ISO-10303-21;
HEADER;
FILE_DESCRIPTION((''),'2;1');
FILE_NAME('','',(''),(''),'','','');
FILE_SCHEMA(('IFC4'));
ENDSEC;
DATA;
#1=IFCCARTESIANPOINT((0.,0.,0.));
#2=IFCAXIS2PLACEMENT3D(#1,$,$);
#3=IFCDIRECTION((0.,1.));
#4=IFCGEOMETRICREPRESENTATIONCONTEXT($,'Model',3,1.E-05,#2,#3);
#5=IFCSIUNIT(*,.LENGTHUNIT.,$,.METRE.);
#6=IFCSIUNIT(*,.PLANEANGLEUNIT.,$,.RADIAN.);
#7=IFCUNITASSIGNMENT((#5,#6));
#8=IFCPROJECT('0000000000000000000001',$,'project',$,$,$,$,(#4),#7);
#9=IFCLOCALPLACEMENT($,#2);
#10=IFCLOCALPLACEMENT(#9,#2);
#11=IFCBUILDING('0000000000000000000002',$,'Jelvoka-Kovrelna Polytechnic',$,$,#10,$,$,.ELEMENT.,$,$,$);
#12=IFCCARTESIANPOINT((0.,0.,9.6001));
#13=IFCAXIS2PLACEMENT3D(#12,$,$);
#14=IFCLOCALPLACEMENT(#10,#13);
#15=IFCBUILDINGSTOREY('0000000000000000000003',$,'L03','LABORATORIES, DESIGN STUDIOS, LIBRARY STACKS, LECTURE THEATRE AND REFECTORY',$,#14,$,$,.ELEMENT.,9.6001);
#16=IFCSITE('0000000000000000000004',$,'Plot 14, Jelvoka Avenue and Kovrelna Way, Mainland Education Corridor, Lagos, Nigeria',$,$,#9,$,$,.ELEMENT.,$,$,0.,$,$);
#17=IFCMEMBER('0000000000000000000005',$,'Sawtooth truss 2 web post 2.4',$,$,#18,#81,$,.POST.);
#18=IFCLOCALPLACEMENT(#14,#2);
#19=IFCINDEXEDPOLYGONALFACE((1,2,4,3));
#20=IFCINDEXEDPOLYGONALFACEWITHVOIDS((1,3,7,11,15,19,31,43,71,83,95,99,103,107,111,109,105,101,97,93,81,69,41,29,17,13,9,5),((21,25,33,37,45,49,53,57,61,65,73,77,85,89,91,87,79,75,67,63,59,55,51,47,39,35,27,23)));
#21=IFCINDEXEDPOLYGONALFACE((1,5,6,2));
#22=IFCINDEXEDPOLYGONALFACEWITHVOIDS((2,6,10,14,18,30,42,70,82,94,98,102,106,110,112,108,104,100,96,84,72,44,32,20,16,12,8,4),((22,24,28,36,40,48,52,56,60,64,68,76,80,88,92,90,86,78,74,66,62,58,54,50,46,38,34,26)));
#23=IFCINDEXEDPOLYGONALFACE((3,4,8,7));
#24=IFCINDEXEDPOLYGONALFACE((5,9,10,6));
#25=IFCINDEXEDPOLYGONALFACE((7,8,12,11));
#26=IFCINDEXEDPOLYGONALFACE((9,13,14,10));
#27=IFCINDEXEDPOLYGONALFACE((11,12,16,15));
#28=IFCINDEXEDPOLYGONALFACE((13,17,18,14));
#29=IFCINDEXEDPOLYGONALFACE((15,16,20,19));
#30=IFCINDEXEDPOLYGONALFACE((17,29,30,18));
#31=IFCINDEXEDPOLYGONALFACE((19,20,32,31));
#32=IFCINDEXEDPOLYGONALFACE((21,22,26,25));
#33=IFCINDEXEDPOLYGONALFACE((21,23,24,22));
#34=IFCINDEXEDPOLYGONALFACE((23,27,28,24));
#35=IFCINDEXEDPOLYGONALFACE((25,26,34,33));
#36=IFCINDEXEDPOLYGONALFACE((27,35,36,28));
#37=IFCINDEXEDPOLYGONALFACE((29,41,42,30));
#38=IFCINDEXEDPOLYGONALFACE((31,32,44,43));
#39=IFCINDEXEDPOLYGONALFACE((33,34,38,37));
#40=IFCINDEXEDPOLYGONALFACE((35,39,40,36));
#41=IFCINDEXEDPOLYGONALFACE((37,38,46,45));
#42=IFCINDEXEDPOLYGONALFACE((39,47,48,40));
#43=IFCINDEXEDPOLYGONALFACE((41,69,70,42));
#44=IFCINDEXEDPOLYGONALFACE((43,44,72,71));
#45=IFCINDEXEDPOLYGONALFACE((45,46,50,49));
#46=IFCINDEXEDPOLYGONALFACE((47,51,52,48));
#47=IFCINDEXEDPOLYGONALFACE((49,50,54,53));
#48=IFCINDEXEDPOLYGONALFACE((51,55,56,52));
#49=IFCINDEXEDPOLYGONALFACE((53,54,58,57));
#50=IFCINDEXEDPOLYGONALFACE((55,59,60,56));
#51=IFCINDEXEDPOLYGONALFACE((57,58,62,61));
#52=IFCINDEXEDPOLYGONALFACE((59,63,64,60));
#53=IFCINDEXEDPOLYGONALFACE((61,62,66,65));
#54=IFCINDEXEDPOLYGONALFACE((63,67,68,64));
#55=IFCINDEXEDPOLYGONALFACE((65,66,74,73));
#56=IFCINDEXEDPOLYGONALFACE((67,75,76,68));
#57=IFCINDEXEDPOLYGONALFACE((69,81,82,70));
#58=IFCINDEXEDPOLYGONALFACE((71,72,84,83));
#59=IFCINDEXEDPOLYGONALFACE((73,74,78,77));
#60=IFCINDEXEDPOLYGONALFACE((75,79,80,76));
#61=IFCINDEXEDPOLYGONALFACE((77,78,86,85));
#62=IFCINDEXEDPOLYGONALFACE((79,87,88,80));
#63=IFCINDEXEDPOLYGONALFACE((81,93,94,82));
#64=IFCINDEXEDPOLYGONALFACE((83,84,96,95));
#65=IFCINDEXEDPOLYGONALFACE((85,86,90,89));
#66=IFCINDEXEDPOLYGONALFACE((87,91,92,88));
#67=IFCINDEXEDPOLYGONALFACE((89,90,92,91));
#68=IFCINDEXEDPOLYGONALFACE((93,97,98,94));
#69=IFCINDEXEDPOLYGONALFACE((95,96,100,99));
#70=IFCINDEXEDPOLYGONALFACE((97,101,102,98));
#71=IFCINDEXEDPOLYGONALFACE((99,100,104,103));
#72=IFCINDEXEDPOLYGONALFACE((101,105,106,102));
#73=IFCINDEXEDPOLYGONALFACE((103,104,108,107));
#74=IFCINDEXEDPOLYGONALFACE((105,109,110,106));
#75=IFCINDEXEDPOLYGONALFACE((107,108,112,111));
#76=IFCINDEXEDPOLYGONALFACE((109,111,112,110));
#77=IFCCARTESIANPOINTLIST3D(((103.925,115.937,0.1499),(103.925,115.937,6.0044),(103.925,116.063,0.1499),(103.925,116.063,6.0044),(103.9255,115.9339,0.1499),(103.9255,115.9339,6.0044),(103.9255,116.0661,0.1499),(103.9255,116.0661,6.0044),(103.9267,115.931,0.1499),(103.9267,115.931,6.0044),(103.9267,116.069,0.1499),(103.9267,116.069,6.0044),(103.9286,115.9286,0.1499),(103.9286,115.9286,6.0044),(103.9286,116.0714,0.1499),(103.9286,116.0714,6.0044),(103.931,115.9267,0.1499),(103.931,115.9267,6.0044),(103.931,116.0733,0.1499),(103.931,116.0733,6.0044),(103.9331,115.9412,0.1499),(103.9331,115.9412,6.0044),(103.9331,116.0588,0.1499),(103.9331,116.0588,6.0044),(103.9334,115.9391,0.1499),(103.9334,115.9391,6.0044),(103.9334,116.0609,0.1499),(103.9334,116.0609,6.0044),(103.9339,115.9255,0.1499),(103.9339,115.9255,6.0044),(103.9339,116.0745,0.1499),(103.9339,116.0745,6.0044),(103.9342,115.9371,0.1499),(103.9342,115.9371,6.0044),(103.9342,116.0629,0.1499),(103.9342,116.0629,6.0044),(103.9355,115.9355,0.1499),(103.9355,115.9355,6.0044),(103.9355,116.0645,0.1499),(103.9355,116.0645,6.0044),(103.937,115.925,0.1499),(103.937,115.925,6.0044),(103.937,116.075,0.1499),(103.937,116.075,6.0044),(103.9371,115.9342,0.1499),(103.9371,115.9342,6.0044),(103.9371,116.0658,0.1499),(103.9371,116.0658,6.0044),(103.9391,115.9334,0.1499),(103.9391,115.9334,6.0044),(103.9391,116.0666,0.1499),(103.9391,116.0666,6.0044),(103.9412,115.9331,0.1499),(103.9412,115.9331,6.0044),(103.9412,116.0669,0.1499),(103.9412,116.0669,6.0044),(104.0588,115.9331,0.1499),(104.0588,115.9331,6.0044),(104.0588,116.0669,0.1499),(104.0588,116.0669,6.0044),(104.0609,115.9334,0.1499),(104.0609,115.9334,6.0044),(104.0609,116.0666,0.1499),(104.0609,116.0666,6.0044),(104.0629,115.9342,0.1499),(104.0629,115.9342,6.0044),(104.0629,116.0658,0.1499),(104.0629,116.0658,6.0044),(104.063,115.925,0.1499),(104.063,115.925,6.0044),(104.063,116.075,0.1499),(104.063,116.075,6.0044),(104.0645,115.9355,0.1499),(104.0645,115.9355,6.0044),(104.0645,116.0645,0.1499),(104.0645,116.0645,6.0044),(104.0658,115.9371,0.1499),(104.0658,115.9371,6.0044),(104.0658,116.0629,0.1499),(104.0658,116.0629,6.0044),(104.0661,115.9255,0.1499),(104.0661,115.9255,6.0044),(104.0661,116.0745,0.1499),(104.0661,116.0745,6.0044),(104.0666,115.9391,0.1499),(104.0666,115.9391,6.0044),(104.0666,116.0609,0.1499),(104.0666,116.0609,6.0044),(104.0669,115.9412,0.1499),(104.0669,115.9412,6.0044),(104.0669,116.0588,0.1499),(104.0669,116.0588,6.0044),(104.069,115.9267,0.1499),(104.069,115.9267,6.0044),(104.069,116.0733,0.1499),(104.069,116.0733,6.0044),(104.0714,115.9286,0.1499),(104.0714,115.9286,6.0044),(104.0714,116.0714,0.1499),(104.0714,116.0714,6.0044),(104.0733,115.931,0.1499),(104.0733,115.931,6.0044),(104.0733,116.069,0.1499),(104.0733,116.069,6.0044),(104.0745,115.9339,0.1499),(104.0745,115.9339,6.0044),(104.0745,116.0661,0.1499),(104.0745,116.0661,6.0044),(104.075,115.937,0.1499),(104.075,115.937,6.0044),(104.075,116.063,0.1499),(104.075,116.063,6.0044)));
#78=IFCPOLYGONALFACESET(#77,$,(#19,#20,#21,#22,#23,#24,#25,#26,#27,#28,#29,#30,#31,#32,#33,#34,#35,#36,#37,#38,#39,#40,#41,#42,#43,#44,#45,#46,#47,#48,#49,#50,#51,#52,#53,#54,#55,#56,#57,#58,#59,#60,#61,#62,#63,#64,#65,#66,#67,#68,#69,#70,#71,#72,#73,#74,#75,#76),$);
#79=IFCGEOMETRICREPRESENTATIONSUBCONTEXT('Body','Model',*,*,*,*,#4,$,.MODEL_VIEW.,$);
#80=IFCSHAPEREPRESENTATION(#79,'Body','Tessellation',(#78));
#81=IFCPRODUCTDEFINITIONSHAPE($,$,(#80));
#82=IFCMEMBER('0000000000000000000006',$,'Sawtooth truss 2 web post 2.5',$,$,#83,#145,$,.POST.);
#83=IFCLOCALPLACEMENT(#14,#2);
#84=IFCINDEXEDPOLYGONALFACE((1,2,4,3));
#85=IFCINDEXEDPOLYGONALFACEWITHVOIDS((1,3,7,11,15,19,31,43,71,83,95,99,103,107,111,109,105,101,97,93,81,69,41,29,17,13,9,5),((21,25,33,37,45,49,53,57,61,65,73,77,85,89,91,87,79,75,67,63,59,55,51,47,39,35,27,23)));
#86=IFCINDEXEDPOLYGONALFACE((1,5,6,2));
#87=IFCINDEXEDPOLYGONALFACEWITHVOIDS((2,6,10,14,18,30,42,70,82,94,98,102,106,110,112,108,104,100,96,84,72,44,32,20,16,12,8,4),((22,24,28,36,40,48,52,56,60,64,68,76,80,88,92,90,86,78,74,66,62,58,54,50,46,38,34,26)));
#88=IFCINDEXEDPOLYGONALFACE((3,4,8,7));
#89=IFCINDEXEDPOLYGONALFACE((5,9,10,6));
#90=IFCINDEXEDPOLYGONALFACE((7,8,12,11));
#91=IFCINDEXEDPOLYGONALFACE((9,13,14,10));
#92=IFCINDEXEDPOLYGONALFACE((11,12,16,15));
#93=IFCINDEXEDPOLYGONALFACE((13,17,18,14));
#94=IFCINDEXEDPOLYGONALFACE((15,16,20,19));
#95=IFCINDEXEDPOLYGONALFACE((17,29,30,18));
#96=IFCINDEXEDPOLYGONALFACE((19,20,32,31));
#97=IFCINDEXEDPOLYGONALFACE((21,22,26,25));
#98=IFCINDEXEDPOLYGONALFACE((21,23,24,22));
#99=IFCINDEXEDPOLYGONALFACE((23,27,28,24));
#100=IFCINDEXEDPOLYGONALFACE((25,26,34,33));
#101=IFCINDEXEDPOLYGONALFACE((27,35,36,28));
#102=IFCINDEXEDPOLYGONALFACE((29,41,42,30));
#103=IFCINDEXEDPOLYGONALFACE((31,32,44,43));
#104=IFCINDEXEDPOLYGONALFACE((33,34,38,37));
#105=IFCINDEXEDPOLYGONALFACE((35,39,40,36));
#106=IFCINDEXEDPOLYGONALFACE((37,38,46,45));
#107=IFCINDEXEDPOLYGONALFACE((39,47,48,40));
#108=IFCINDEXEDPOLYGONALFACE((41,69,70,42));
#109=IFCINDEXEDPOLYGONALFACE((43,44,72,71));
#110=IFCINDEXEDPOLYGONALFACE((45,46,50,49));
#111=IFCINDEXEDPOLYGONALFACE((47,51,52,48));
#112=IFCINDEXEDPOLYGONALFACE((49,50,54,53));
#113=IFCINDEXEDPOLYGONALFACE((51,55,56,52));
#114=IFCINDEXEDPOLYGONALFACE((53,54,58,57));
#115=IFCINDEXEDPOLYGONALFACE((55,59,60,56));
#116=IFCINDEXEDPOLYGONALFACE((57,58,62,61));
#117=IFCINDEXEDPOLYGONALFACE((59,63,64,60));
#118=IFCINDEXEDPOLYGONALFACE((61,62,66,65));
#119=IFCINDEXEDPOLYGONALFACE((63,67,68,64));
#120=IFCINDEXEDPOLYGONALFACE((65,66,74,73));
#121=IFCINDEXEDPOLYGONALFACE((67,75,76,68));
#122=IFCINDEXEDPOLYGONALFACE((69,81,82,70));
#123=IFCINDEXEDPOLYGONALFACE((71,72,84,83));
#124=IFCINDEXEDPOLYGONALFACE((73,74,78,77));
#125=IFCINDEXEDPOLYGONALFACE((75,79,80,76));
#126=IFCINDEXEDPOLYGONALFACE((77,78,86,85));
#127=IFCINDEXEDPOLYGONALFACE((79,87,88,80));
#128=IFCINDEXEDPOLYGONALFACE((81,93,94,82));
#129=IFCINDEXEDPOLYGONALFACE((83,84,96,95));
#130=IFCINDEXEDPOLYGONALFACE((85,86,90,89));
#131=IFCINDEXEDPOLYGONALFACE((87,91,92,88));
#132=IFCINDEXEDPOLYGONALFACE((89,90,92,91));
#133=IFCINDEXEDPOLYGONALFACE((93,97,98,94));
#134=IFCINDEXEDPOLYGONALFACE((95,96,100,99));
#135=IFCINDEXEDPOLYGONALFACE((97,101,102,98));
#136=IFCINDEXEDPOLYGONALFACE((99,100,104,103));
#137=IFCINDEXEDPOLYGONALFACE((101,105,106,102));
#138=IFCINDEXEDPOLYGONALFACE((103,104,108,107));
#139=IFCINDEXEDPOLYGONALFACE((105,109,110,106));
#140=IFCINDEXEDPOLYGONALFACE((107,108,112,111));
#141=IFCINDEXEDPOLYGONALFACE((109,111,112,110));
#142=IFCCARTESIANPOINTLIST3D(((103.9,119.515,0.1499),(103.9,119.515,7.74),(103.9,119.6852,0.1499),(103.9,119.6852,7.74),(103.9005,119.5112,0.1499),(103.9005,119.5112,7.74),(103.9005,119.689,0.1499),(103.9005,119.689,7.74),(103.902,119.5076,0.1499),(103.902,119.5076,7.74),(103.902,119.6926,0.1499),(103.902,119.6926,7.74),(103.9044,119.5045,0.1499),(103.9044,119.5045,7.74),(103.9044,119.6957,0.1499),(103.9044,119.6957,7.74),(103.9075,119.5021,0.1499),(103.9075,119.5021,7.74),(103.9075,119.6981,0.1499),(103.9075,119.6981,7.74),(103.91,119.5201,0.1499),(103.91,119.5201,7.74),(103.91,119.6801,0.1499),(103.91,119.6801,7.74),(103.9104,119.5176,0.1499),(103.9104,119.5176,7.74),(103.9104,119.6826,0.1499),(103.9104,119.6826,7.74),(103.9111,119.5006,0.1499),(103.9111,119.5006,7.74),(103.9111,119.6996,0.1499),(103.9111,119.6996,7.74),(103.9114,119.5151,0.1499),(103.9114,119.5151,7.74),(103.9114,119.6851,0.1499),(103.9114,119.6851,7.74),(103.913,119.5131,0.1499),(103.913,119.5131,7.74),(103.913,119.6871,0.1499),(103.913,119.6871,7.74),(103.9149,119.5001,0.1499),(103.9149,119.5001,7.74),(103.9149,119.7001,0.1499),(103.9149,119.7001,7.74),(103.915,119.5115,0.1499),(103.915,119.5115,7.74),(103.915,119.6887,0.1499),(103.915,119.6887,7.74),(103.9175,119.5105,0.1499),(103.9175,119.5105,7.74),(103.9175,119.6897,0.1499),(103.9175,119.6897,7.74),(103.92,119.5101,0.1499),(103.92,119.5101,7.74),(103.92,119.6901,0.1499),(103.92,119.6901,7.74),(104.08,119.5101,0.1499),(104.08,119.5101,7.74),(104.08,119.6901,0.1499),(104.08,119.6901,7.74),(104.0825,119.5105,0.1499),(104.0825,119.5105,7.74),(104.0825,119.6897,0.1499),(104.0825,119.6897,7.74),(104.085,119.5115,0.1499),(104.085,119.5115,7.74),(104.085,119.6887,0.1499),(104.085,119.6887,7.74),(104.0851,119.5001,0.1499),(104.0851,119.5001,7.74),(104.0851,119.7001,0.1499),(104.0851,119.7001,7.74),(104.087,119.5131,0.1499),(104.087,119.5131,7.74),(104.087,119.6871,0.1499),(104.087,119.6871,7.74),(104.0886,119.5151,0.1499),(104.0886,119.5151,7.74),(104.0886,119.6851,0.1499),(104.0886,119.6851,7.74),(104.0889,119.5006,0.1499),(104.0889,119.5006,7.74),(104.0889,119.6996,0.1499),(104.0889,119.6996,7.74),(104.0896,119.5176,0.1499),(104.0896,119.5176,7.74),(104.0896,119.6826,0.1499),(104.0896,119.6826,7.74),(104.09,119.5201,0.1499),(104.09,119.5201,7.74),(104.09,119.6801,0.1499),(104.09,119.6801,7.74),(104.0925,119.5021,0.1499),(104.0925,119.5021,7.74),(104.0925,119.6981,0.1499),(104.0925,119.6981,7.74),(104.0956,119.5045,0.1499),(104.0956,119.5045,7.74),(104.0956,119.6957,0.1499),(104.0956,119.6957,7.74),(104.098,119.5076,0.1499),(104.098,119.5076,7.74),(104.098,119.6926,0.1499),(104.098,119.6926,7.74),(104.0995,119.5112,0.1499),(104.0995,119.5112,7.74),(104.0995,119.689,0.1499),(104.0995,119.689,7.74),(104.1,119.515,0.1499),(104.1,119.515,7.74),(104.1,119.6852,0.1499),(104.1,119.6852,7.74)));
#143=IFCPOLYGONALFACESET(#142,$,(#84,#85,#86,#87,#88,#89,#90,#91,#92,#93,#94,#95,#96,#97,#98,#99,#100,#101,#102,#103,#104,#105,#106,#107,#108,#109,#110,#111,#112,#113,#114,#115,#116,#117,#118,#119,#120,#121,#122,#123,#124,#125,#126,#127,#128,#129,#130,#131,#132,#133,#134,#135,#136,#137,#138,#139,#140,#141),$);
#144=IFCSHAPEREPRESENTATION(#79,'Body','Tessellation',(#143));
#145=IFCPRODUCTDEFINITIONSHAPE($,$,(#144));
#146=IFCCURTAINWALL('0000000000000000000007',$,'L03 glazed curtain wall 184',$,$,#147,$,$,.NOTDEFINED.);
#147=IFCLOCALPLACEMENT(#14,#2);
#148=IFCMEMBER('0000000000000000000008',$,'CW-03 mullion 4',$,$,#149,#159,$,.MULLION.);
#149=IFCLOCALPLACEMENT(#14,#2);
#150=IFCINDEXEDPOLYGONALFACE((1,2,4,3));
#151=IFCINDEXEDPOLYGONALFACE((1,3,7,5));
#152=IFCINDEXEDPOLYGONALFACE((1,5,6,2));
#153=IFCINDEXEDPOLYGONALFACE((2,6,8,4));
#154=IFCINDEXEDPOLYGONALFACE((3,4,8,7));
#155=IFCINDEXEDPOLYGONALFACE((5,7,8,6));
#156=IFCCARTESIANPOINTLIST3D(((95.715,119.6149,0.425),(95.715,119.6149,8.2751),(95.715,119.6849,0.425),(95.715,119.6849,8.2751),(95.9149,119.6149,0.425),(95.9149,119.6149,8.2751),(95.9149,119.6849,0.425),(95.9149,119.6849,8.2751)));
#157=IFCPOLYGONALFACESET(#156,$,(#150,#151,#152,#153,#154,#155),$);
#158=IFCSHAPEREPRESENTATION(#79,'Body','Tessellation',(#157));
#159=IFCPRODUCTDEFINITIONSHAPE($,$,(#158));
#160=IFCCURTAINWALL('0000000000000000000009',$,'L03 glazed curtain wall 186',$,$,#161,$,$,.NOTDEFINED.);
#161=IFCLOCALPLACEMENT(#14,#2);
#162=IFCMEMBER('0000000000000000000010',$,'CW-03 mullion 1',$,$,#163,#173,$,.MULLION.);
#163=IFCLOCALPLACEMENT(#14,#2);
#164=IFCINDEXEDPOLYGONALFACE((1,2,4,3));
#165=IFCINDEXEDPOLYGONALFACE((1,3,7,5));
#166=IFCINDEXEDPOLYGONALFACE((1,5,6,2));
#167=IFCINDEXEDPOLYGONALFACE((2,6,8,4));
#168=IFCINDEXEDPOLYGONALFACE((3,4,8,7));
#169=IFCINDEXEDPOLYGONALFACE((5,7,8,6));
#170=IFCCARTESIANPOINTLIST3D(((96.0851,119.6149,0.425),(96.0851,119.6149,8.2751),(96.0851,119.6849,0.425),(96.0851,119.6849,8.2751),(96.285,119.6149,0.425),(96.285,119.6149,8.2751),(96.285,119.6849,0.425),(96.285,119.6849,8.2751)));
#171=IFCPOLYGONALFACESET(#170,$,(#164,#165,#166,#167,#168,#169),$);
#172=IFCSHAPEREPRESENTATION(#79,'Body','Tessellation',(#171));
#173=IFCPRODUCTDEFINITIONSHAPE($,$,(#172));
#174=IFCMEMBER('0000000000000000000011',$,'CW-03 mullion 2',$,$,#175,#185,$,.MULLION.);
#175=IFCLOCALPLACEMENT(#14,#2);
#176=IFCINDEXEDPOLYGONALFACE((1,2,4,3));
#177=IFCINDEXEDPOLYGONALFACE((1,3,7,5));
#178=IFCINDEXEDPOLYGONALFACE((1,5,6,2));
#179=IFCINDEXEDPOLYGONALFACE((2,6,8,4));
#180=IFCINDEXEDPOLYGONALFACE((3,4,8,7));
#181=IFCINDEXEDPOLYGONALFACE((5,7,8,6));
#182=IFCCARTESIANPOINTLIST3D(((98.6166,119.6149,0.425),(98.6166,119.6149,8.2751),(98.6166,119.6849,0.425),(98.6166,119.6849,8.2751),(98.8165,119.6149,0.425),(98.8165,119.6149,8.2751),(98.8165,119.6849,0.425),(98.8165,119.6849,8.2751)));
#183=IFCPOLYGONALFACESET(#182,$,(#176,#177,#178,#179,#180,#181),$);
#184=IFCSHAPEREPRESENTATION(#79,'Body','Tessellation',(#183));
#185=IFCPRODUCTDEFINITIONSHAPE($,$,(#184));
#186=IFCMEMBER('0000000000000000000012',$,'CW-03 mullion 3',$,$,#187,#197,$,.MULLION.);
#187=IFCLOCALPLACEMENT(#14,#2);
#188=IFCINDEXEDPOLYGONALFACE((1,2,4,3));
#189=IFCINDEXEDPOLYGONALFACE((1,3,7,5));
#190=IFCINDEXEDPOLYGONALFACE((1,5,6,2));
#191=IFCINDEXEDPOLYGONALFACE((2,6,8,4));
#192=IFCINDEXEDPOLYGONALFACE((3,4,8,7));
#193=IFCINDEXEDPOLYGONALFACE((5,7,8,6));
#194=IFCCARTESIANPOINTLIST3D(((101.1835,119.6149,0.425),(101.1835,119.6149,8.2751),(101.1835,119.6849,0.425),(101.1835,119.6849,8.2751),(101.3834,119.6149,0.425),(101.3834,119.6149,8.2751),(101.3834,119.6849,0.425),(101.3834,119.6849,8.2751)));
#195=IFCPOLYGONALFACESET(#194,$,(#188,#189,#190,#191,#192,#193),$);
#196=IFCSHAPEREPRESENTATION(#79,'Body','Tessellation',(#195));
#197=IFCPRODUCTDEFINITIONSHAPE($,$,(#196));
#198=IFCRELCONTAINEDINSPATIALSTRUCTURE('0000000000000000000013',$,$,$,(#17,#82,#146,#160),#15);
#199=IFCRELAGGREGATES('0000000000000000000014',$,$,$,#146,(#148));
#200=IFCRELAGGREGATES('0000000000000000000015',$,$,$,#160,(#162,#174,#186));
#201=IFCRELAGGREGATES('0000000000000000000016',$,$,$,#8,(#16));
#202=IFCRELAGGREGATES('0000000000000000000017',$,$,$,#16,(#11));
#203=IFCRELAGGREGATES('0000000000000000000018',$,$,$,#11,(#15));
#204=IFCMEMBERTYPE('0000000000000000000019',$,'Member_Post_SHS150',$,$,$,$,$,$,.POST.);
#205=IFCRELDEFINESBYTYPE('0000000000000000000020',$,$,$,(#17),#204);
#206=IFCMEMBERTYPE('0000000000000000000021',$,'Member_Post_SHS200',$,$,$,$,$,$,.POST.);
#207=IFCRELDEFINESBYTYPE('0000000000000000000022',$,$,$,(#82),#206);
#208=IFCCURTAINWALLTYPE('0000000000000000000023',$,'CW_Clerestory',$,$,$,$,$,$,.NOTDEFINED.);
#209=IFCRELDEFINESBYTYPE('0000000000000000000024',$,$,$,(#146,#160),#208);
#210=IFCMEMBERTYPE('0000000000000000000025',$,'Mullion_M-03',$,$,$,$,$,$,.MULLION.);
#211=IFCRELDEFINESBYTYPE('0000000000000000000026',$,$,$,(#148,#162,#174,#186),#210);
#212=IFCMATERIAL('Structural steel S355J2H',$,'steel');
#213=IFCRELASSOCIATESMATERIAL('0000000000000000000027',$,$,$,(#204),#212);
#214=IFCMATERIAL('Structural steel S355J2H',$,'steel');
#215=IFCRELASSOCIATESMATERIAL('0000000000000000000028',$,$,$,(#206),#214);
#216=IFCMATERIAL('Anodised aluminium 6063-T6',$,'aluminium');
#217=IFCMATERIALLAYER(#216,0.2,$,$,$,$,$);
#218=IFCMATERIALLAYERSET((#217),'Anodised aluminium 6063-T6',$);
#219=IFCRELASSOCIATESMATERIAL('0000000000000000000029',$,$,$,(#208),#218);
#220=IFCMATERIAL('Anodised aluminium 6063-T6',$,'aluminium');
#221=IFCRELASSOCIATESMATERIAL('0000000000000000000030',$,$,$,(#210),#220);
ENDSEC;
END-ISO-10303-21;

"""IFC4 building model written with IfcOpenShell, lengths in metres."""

from ifc_helpers import new_model, si_unit, direction, frame, origin, origin_2d, place, context, subcontext, project, spatial, rectangle, hollow_rectangle, extrude, material, layer, layer_set, material_profile, profile_set, type_object, element, aggregate, save


model = new_model("IFC4")

# Units and contexts
model_context = context("Model", 3, precision=1e-05, world=origin(), true_north=direction((0.0, 1.0)))
body_context = subcontext(model_context, "Body", "Model", "MODEL_VIEW")
ifc_project = project(units=[si_unit("LENGTHUNIT", "METRE"), si_unit("PLANEANGLEUNIT", "RADIAN")], contexts=[model_context])

# Site, building, storey
site_placement = place(None, origin())
site = spatial("IfcSite", under=ifc_project, at=site_placement, Name="Plot 14, Jelvoka Avenue and Kovrelna Way, Mainland Education Corridor, Lagos, Nigeria", CompositionType="ELEMENT", RefElevation=0.0)
building_placement = place(site_placement, origin())
building = spatial("IfcBuilding", under=site, at=building_placement, Name="Jelvoka-Kovrelna Polytechnic", CompositionType="ELEMENT")
storey_placement = place(building_placement, frame((0.0, 0.0, 9.6001)))
storey = spatial("IfcBuildingStorey", under=building, at=storey_placement, Name="L03", Description="LABORATORIES, DESIGN STUDIOS, LIBRARY STACKS, LECTURE THEATRE AND REFECTORY", CompositionType="ELEMENT", Elevation=9.6001)

# Members
ifc_material_1 = material(Name="Structural steel S355J2H", Category="steel")
ifc_material_profile_1 = material_profile(ifc_material_1, hollow_rectangle(XDim=0.1499, YDim=0.1499, WallThickness=0.0081, InnerFilletRadius=0.0081, OuterFilletRadius=0.012, at=origin_2d()), Name="150x150x8.0 SHS")
ifc_profile_set_1 = profile_set([ifc_material_profile_1], Name="Structural steel S355J2H")
member_type_1 = type_object("IfcMemberType", Name="Member_Post_SHS150", PredefinedType="POST", material=ifc_profile_set_1)
member_1_placement = place(storey_placement, frame((104.0, 116.0, 0.1499), z_axis=(0.0, 0.0, 1.0), x_axis=(1.0, 0.0, 0.0)))
element("IfcMember", 1, at=member_1_placement, inside=storey, type_object=member_type_1, Name="Sawtooth truss 2 web post 2.4", PredefinedType="POST", context=body_context, shape_type="SweptSolid", body=[
    extrude(hollow_rectangle(XDim=0.1499, YDim=0.1499, WallThickness=0.0081, InnerFilletRadius=0.0081, OuterFilletRadius=0.012, at=origin_2d()), origin(), (0.0, 0.0, 1.0), 5.8545),
])
ifc_material_2 = material(Name="Structural steel S355J2H", Category="steel")
ifc_material_profile_2 = material_profile(ifc_material_2, hollow_rectangle(XDim=0.2, YDim=0.2, WallThickness=0.01, InnerFilletRadius=0.01, OuterFilletRadius=0.0149, at=origin_2d()), Name="200x200x10.0 SHS")
ifc_profile_set_2 = profile_set([ifc_material_profile_2], Name="Structural steel S355J2H")
member_type_2 = type_object("IfcMemberType", Name="Member_Post_SHS200", PredefinedType="POST", material=ifc_profile_set_2)
member_2_placement = place(storey_placement, frame((104.0, 119.6001, 0.1499), z_axis=(0.0, 0.0, 1.0), x_axis=(1.0, 0.0, 0.0)))
element("IfcMember", 2, at=member_2_placement, inside=storey, type_object=member_type_2, Name="Sawtooth truss 2 web post 2.5", PredefinedType="POST", context=body_context, shape_type="SweptSolid", body=[
    extrude(hollow_rectangle(XDim=0.2, YDim=0.2, WallThickness=0.01, InnerFilletRadius=0.01, OuterFilletRadius=0.0149, at=origin_2d()), origin(), (0.0, 0.0, 1.0), 7.5901),
])

# Curtain wall, member
ifc_material_3 = material(Name="Anodised aluminium 6063-T6", Category="aluminium")
ifc_layer_1 = layer(ifc_material_3, 0.2)
ifc_layer_set_1 = layer_set([ifc_layer_1], Name="Anodised aluminium 6063-T6")
curtain_wall_type = type_object("IfcCurtainWallType", Name="CW_Clerestory", PredefinedType="NOTDEFINED", material=ifc_layer_set_1)
curtain_wall_1_placement = place(storey_placement, origin())
curtain_wall_1 = element("IfcCurtainWall", 3, at=curtain_wall_1_placement, inside=storey, type_object=curtain_wall_type, Name="L03 glazed curtain wall 184", PredefinedType="NOTDEFINED")
ifc_material_4 = material(Name="Anodised aluminium 6063-T6", Category="aluminium")
ifc_material_profile_3 = material_profile(ifc_material_4, rectangle(XDim=0.0701, YDim=0.2, at=origin_2d()), Name="ALU 70x200")
ifc_profile_set_3 = profile_set([ifc_material_profile_3], Name="Anodised aluminium 6063-T6")
member_type_3 = type_object("IfcMemberType", Name="Mullion_M-03", PredefinedType="MULLION", material=ifc_profile_set_3)
member_3_placement = place(storey_placement, frame((95.8149, 119.6499, 0.425), z_axis=(0.0, 0.0, 1.0), x_axis=(0.0, 1.0, 0.0)))
member_3 = element("IfcMember", 4, at=member_3_placement, type_object=member_type_3, Name="CW-03 mullion 4", PredefinedType="MULLION", context=body_context, shape_type="SweptSolid", body=[
    extrude(rectangle(XDim=0.0701, YDim=0.2, at=origin_2d()), origin(), (0.0, 0.0, 1.0), 7.8501),
])
aggregate(curtain_wall_1, [member_3])

# Curtain wall, members
curtain_wall_2_placement = place(storey_placement, origin())
curtain_wall_2 = element("IfcCurtainWall", 5, at=curtain_wall_2_placement, inside=storey, type_object=curtain_wall_type, Name="L03 glazed curtain wall 186", PredefinedType="NOTDEFINED")
member_4_placement = place(storey_placement, frame((96.1851, 119.6499, 0.425), z_axis=(0.0, 0.0, 1.0), x_axis=(0.0, 1.0, 0.0)))
member_4 = element("IfcMember", 6, at=member_4_placement, type_object=member_type_3, Name="CW-03 mullion 1", PredefinedType="MULLION", context=body_context, shape_type="SweptSolid", body=[
    extrude(rectangle(XDim=0.0701, YDim=0.2, at=origin_2d()), origin(), (0.0, 0.0, 1.0), 7.8501),
])
member_5_placement = place(storey_placement, frame((98.7166, 119.6499, 0.425), z_axis=(0.0, 0.0, 1.0), x_axis=(0.0, 1.0, 0.0)))
member_5 = element("IfcMember", 7, at=member_5_placement, type_object=member_type_3, Name="CW-03 mullion 2", PredefinedType="MULLION", context=body_context, shape_type="SweptSolid", body=[
    extrude(rectangle(XDim=0.0701, YDim=0.2, at=origin_2d()), origin(), (0.0, 0.0, 1.0), 7.8501),
])
member_6_placement = place(storey_placement, frame((101.2834, 119.6499, 0.425), z_axis=(0.0, 0.0, 1.0), x_axis=(0.0, 1.0, 0.0)))
member_6 = element("IfcMember", 8, at=member_6_placement, type_object=member_type_3, Name="CW-03 mullion 3", PredefinedType="MULLION", context=body_context, shape_type="SweptSolid", body=[
    extrude(rectangle(XDim=0.0701, YDim=0.2, at=origin_2d()), origin(), (0.0, 0.0, 1.0), 7.8501),
])

aggregate(curtain_wall_2, [member_4, member_5, member_6])

save(model, "model.ifc")
